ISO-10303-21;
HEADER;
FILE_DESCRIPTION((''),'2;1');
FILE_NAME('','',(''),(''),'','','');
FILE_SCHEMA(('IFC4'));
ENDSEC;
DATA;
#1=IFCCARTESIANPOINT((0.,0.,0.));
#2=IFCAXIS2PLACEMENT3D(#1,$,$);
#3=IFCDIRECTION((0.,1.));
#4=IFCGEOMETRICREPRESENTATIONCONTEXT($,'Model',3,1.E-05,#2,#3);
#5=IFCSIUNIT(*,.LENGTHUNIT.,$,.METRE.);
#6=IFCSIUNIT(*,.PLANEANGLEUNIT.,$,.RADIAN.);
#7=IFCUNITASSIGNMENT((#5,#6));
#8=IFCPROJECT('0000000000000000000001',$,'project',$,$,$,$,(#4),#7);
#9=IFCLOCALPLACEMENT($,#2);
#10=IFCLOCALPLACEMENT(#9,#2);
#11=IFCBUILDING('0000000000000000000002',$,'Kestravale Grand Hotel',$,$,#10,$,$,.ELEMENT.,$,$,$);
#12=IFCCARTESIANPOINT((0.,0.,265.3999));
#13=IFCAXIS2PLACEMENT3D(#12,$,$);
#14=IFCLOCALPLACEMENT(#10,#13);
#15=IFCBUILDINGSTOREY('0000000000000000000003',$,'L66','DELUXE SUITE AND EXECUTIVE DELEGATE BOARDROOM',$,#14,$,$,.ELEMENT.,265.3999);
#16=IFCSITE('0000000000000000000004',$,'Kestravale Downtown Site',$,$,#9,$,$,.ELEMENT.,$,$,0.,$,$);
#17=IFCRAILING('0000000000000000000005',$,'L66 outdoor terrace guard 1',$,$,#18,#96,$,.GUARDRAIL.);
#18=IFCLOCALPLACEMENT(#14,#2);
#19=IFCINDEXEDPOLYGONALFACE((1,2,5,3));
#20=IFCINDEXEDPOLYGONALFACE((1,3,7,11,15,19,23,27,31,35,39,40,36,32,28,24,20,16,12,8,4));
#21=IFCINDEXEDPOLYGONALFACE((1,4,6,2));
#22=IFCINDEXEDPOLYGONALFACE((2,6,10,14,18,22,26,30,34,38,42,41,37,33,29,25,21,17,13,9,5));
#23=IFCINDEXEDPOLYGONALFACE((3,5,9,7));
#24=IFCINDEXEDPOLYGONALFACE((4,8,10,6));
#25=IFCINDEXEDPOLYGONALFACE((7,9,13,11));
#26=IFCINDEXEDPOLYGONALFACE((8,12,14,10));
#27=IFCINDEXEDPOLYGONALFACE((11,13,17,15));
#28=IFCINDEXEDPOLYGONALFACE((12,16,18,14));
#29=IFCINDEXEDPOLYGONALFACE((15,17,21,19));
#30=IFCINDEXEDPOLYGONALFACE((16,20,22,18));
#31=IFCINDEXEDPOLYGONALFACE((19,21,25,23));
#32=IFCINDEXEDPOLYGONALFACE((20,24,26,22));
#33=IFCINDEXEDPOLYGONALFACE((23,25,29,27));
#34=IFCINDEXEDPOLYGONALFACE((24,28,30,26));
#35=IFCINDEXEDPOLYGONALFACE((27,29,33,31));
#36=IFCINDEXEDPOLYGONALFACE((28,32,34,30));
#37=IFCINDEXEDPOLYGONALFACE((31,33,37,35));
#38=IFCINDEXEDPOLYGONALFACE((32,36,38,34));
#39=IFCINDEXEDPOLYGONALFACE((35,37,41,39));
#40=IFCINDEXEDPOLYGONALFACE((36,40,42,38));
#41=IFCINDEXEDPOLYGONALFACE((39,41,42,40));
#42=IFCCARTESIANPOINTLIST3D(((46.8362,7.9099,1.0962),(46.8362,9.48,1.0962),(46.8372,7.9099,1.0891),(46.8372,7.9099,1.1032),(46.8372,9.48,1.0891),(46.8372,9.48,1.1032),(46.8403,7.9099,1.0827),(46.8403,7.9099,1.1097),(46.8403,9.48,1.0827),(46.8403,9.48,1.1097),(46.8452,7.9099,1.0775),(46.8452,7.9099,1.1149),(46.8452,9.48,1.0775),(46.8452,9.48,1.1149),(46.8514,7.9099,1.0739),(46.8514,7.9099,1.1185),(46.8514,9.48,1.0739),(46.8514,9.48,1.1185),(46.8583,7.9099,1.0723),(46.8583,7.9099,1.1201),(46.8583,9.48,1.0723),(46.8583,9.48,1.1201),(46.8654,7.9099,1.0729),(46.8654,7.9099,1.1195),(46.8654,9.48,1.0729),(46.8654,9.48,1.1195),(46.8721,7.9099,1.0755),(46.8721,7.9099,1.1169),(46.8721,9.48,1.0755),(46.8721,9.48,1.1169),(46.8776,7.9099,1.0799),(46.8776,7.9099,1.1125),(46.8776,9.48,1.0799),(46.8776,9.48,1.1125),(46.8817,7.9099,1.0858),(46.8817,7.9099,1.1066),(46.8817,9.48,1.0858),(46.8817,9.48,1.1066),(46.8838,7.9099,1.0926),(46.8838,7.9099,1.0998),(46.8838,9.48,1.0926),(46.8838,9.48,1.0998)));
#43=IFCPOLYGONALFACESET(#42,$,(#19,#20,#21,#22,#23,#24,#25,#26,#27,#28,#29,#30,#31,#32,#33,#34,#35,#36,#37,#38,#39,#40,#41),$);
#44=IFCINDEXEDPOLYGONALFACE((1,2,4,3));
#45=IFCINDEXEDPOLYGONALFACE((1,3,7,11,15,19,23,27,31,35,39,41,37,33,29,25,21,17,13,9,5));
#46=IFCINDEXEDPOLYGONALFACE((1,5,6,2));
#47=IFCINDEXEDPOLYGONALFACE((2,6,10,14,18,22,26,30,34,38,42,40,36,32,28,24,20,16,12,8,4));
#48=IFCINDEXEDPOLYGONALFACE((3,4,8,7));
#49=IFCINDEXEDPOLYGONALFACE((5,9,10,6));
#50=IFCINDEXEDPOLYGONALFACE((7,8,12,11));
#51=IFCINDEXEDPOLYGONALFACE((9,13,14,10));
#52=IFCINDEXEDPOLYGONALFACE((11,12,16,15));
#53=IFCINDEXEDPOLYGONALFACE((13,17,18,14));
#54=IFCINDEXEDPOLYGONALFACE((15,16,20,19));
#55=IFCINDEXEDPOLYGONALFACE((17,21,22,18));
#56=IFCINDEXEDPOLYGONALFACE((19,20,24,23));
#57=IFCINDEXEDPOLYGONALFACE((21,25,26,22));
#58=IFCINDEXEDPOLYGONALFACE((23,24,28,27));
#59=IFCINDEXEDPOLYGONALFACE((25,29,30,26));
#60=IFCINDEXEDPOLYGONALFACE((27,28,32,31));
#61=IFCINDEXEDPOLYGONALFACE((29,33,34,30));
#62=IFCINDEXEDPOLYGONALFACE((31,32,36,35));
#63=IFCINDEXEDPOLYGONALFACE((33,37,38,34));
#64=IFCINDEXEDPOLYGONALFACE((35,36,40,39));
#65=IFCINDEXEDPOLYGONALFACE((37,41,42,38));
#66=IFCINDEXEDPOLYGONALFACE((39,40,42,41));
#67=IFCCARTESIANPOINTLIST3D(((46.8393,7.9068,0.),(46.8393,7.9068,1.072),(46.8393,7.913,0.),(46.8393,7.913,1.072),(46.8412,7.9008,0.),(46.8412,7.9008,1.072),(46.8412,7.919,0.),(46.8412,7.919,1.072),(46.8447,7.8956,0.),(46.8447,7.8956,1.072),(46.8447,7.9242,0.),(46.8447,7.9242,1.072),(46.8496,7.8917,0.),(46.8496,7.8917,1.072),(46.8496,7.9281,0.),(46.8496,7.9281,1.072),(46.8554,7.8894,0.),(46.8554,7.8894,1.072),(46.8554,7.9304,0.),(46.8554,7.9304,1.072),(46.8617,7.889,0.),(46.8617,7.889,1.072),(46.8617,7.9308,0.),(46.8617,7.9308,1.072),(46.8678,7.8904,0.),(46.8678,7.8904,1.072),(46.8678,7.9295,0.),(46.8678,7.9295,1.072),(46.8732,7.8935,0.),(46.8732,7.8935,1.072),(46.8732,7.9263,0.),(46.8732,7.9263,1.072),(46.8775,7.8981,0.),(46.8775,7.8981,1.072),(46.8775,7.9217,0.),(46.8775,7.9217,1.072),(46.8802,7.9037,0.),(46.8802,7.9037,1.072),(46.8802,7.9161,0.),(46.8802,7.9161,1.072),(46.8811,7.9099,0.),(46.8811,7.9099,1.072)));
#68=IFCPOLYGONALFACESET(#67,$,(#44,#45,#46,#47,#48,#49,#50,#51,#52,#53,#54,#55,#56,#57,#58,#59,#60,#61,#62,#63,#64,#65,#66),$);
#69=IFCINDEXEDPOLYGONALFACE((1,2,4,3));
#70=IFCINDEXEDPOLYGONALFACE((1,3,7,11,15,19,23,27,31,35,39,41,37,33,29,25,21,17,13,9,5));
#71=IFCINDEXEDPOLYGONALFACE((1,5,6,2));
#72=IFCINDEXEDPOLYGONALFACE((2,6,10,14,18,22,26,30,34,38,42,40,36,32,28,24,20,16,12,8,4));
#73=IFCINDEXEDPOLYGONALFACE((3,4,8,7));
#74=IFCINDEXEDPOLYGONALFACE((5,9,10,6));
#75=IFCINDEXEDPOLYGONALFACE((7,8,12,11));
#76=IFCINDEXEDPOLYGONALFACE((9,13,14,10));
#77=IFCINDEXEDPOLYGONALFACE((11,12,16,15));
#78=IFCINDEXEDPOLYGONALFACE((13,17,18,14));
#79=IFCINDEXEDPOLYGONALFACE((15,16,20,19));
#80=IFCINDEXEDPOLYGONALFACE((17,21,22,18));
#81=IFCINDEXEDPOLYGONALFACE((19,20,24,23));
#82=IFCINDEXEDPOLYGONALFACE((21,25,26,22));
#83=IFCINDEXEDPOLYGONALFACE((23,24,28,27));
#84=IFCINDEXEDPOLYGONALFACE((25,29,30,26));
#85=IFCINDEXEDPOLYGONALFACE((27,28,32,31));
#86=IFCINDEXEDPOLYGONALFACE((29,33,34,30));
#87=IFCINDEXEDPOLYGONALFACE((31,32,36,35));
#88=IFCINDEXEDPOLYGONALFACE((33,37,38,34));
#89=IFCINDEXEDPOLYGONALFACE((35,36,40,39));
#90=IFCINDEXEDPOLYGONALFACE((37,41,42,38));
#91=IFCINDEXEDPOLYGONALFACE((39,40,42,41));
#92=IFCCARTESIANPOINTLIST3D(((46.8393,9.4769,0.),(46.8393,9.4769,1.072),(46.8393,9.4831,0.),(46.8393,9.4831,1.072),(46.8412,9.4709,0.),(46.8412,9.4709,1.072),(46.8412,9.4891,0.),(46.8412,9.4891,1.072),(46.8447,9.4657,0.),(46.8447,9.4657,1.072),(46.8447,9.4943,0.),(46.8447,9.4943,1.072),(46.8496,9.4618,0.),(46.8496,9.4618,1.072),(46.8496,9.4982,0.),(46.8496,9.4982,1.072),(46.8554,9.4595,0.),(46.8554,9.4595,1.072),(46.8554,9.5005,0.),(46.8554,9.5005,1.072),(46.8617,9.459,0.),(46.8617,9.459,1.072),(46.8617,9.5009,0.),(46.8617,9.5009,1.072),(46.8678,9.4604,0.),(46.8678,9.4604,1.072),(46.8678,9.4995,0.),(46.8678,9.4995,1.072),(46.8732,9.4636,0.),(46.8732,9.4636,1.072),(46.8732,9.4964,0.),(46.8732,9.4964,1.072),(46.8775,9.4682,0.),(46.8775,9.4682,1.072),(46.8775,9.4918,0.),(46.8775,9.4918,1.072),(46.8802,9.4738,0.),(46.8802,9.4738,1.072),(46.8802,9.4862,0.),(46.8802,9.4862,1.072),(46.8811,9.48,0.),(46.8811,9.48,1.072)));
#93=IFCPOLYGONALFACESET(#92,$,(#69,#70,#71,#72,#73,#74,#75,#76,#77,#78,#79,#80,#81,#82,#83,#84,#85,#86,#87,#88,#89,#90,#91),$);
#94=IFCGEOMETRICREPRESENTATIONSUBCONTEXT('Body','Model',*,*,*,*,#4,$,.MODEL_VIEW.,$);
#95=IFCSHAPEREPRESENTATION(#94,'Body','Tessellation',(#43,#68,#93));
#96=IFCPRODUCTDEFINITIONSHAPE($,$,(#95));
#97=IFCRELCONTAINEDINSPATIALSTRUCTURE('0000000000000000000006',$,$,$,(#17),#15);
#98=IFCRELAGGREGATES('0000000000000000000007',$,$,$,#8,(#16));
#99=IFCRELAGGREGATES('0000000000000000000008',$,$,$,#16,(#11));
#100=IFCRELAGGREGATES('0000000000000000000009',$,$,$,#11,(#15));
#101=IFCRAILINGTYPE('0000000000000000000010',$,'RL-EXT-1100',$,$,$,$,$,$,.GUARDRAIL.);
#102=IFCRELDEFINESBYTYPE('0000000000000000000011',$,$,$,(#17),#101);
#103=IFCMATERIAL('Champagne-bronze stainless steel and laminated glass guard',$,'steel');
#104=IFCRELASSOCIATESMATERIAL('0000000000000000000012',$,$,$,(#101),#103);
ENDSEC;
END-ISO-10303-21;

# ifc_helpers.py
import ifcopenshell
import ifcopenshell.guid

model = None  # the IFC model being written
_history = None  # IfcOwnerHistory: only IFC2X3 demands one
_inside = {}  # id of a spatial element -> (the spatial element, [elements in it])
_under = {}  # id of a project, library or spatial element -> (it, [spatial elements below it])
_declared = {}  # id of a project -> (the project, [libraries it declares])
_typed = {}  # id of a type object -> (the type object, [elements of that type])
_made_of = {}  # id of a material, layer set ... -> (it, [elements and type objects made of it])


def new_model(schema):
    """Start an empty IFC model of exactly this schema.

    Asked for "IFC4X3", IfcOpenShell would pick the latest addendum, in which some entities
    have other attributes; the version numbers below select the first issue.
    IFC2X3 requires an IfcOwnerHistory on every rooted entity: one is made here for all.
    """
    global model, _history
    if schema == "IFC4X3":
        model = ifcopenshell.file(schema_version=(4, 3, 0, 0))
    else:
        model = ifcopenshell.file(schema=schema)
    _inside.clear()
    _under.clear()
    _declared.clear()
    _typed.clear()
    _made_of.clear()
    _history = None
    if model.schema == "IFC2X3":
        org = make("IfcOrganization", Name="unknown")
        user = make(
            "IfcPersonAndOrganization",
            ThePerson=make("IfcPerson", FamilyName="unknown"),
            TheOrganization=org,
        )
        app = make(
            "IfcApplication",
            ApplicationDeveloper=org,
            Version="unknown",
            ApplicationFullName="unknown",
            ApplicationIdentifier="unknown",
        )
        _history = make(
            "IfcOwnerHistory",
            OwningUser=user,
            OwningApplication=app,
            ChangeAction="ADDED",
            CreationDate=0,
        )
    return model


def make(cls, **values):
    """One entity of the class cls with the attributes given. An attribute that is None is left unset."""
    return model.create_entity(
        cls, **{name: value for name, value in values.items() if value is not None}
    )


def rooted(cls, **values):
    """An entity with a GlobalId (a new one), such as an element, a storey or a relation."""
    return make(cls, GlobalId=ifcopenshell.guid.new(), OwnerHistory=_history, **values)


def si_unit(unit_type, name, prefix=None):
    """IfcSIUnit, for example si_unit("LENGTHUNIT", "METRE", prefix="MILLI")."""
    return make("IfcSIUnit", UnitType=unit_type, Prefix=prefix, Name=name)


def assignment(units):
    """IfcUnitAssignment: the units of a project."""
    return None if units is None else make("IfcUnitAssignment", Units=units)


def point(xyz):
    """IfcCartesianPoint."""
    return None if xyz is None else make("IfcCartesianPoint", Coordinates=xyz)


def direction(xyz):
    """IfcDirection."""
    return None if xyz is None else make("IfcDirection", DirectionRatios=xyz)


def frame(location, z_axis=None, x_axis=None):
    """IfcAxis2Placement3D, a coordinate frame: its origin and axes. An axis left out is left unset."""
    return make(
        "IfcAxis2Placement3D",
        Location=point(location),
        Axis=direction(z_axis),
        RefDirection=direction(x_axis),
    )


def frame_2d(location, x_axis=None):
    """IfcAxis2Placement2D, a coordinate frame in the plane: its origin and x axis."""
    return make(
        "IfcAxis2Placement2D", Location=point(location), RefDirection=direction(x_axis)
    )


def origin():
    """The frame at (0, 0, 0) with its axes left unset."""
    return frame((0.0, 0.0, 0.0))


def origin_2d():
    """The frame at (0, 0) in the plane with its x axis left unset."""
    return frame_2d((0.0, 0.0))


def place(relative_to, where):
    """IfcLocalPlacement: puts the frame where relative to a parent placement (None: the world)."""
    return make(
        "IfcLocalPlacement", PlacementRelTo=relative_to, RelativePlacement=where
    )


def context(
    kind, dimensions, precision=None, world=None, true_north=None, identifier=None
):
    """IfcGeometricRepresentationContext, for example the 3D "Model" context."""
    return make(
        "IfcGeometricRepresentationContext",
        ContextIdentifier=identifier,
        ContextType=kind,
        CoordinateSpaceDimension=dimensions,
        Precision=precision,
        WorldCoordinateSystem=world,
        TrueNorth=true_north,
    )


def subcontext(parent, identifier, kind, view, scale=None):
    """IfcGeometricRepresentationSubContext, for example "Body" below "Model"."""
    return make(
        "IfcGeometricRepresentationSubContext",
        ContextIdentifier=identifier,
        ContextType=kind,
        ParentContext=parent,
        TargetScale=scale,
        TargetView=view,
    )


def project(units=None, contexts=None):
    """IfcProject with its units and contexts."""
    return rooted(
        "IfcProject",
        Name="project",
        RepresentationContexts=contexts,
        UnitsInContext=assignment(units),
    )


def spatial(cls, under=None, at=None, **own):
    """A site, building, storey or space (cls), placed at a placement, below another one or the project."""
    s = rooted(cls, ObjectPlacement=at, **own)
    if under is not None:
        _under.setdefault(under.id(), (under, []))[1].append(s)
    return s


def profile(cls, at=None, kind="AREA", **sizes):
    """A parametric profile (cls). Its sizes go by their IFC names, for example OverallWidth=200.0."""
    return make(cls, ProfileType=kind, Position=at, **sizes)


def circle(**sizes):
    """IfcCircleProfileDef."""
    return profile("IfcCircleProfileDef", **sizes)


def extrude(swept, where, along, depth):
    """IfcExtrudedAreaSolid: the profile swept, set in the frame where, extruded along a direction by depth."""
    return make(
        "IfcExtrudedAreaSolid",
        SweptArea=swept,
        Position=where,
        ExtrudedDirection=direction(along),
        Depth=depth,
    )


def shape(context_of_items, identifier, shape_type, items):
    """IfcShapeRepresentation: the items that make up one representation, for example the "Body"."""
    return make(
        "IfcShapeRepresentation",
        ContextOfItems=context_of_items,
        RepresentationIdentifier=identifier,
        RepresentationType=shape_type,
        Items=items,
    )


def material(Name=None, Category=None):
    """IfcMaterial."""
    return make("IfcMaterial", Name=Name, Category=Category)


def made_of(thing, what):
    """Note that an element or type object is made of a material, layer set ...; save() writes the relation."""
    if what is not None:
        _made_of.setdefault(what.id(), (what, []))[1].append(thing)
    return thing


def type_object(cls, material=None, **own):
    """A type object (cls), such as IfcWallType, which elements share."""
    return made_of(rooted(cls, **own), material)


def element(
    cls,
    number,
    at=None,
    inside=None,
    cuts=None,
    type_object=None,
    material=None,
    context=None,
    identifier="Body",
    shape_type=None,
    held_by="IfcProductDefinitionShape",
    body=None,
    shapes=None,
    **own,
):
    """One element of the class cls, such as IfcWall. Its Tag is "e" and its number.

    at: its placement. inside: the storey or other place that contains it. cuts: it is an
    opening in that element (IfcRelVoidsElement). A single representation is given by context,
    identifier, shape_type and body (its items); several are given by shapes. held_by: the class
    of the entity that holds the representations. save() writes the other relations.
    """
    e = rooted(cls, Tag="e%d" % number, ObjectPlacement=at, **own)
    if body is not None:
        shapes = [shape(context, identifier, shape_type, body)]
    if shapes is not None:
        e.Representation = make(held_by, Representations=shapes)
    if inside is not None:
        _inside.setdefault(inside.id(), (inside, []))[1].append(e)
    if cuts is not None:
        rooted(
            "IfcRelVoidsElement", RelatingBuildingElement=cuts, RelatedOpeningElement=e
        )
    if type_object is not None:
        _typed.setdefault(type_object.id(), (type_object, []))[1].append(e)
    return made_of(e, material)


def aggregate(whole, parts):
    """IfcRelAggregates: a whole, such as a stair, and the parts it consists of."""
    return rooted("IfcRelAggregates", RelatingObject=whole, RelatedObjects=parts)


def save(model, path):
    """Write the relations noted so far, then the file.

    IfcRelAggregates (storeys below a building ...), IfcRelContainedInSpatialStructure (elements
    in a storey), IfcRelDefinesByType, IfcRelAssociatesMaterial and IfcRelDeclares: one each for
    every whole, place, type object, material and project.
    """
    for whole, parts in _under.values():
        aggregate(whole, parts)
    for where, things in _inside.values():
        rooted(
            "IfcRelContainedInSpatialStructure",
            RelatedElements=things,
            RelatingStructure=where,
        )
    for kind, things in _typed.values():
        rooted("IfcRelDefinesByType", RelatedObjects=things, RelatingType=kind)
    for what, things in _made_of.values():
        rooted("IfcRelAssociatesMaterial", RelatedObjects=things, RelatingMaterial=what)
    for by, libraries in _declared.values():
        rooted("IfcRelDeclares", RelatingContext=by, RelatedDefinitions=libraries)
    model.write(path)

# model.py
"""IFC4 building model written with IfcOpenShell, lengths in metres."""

from ifc_helpers import new_model, si_unit, direction, frame, origin, origin_2d, place, context, subcontext, project, spatial, circle, extrude, material, type_object, element, save


model = new_model("IFC4")

# Units and contexts
model_context = context("Model", 3, precision=1e-05, world=origin(), true_north=direction((0.0, 1.0)))
body_context = subcontext(model_context, "Body", "Model", "MODEL_VIEW")
ifc_project = project(units=[si_unit("LENGTHUNIT", "METRE"), si_unit("PLANEANGLEUNIT", "RADIAN")], contexts=[model_context])

# Site, building, storey
site_placement = place(None, origin())
site = spatial("IfcSite", under=ifc_project, at=site_placement, Name="Kestravale Downtown Site", CompositionType="ELEMENT", RefElevation=0.0)
building_placement = place(site_placement, origin())
building = spatial("IfcBuilding", under=site, at=building_placement, Name="Kestravale Grand Hotel", CompositionType="ELEMENT")
storey_placement = place(building_placement, frame((0.0, 0.0, 265.3999)))
storey = spatial("IfcBuildingStorey", under=building, at=storey_placement, Name="L66", Description="DELUXE SUITE AND EXECUTIVE DELEGATE BOARDROOM", CompositionType="ELEMENT", Elevation=265.3999)

# Railing
ifc_material_1 = material(Name="Champagne-bronze stainless steel and laminated glass guard", Category="steel")
railing_type = type_object("IfcRailingType", Name="RL-EXT-1100", PredefinedType="GUARDRAIL", material=ifc_material_1)
railing_1_placement = place(storey_placement, frame((46.8601, 7.9099, 0.0)))
element("IfcRailing", 1, at=railing_1_placement, inside=storey, type_object=railing_type, Name="L66 outdoor terrace guard 1", PredefinedType="GUARDRAIL", context=body_context, shape_type="SweptSolid", body=[
    extrude(circle(Radius=0.0239, at=origin_2d()), frame((0.0, 0.0, 1.0962), z_axis=(0.0, 1.0, 0.0), x_axis=(-1.0, 0.0, 0.0)), (0.0, 0.0, 1.0), 1.5701),
    extrude(circle(Radius=0.021, at=origin_2d()), origin(), (0.0, 0.0, 1.0), 1.072),
    extrude(circle(Radius=0.021, at=origin_2d()), frame((0.0, 1.5701, 0.0)), (0.0, 0.0, 1.0), 1.072),
])

save(model, "model.ifc")
